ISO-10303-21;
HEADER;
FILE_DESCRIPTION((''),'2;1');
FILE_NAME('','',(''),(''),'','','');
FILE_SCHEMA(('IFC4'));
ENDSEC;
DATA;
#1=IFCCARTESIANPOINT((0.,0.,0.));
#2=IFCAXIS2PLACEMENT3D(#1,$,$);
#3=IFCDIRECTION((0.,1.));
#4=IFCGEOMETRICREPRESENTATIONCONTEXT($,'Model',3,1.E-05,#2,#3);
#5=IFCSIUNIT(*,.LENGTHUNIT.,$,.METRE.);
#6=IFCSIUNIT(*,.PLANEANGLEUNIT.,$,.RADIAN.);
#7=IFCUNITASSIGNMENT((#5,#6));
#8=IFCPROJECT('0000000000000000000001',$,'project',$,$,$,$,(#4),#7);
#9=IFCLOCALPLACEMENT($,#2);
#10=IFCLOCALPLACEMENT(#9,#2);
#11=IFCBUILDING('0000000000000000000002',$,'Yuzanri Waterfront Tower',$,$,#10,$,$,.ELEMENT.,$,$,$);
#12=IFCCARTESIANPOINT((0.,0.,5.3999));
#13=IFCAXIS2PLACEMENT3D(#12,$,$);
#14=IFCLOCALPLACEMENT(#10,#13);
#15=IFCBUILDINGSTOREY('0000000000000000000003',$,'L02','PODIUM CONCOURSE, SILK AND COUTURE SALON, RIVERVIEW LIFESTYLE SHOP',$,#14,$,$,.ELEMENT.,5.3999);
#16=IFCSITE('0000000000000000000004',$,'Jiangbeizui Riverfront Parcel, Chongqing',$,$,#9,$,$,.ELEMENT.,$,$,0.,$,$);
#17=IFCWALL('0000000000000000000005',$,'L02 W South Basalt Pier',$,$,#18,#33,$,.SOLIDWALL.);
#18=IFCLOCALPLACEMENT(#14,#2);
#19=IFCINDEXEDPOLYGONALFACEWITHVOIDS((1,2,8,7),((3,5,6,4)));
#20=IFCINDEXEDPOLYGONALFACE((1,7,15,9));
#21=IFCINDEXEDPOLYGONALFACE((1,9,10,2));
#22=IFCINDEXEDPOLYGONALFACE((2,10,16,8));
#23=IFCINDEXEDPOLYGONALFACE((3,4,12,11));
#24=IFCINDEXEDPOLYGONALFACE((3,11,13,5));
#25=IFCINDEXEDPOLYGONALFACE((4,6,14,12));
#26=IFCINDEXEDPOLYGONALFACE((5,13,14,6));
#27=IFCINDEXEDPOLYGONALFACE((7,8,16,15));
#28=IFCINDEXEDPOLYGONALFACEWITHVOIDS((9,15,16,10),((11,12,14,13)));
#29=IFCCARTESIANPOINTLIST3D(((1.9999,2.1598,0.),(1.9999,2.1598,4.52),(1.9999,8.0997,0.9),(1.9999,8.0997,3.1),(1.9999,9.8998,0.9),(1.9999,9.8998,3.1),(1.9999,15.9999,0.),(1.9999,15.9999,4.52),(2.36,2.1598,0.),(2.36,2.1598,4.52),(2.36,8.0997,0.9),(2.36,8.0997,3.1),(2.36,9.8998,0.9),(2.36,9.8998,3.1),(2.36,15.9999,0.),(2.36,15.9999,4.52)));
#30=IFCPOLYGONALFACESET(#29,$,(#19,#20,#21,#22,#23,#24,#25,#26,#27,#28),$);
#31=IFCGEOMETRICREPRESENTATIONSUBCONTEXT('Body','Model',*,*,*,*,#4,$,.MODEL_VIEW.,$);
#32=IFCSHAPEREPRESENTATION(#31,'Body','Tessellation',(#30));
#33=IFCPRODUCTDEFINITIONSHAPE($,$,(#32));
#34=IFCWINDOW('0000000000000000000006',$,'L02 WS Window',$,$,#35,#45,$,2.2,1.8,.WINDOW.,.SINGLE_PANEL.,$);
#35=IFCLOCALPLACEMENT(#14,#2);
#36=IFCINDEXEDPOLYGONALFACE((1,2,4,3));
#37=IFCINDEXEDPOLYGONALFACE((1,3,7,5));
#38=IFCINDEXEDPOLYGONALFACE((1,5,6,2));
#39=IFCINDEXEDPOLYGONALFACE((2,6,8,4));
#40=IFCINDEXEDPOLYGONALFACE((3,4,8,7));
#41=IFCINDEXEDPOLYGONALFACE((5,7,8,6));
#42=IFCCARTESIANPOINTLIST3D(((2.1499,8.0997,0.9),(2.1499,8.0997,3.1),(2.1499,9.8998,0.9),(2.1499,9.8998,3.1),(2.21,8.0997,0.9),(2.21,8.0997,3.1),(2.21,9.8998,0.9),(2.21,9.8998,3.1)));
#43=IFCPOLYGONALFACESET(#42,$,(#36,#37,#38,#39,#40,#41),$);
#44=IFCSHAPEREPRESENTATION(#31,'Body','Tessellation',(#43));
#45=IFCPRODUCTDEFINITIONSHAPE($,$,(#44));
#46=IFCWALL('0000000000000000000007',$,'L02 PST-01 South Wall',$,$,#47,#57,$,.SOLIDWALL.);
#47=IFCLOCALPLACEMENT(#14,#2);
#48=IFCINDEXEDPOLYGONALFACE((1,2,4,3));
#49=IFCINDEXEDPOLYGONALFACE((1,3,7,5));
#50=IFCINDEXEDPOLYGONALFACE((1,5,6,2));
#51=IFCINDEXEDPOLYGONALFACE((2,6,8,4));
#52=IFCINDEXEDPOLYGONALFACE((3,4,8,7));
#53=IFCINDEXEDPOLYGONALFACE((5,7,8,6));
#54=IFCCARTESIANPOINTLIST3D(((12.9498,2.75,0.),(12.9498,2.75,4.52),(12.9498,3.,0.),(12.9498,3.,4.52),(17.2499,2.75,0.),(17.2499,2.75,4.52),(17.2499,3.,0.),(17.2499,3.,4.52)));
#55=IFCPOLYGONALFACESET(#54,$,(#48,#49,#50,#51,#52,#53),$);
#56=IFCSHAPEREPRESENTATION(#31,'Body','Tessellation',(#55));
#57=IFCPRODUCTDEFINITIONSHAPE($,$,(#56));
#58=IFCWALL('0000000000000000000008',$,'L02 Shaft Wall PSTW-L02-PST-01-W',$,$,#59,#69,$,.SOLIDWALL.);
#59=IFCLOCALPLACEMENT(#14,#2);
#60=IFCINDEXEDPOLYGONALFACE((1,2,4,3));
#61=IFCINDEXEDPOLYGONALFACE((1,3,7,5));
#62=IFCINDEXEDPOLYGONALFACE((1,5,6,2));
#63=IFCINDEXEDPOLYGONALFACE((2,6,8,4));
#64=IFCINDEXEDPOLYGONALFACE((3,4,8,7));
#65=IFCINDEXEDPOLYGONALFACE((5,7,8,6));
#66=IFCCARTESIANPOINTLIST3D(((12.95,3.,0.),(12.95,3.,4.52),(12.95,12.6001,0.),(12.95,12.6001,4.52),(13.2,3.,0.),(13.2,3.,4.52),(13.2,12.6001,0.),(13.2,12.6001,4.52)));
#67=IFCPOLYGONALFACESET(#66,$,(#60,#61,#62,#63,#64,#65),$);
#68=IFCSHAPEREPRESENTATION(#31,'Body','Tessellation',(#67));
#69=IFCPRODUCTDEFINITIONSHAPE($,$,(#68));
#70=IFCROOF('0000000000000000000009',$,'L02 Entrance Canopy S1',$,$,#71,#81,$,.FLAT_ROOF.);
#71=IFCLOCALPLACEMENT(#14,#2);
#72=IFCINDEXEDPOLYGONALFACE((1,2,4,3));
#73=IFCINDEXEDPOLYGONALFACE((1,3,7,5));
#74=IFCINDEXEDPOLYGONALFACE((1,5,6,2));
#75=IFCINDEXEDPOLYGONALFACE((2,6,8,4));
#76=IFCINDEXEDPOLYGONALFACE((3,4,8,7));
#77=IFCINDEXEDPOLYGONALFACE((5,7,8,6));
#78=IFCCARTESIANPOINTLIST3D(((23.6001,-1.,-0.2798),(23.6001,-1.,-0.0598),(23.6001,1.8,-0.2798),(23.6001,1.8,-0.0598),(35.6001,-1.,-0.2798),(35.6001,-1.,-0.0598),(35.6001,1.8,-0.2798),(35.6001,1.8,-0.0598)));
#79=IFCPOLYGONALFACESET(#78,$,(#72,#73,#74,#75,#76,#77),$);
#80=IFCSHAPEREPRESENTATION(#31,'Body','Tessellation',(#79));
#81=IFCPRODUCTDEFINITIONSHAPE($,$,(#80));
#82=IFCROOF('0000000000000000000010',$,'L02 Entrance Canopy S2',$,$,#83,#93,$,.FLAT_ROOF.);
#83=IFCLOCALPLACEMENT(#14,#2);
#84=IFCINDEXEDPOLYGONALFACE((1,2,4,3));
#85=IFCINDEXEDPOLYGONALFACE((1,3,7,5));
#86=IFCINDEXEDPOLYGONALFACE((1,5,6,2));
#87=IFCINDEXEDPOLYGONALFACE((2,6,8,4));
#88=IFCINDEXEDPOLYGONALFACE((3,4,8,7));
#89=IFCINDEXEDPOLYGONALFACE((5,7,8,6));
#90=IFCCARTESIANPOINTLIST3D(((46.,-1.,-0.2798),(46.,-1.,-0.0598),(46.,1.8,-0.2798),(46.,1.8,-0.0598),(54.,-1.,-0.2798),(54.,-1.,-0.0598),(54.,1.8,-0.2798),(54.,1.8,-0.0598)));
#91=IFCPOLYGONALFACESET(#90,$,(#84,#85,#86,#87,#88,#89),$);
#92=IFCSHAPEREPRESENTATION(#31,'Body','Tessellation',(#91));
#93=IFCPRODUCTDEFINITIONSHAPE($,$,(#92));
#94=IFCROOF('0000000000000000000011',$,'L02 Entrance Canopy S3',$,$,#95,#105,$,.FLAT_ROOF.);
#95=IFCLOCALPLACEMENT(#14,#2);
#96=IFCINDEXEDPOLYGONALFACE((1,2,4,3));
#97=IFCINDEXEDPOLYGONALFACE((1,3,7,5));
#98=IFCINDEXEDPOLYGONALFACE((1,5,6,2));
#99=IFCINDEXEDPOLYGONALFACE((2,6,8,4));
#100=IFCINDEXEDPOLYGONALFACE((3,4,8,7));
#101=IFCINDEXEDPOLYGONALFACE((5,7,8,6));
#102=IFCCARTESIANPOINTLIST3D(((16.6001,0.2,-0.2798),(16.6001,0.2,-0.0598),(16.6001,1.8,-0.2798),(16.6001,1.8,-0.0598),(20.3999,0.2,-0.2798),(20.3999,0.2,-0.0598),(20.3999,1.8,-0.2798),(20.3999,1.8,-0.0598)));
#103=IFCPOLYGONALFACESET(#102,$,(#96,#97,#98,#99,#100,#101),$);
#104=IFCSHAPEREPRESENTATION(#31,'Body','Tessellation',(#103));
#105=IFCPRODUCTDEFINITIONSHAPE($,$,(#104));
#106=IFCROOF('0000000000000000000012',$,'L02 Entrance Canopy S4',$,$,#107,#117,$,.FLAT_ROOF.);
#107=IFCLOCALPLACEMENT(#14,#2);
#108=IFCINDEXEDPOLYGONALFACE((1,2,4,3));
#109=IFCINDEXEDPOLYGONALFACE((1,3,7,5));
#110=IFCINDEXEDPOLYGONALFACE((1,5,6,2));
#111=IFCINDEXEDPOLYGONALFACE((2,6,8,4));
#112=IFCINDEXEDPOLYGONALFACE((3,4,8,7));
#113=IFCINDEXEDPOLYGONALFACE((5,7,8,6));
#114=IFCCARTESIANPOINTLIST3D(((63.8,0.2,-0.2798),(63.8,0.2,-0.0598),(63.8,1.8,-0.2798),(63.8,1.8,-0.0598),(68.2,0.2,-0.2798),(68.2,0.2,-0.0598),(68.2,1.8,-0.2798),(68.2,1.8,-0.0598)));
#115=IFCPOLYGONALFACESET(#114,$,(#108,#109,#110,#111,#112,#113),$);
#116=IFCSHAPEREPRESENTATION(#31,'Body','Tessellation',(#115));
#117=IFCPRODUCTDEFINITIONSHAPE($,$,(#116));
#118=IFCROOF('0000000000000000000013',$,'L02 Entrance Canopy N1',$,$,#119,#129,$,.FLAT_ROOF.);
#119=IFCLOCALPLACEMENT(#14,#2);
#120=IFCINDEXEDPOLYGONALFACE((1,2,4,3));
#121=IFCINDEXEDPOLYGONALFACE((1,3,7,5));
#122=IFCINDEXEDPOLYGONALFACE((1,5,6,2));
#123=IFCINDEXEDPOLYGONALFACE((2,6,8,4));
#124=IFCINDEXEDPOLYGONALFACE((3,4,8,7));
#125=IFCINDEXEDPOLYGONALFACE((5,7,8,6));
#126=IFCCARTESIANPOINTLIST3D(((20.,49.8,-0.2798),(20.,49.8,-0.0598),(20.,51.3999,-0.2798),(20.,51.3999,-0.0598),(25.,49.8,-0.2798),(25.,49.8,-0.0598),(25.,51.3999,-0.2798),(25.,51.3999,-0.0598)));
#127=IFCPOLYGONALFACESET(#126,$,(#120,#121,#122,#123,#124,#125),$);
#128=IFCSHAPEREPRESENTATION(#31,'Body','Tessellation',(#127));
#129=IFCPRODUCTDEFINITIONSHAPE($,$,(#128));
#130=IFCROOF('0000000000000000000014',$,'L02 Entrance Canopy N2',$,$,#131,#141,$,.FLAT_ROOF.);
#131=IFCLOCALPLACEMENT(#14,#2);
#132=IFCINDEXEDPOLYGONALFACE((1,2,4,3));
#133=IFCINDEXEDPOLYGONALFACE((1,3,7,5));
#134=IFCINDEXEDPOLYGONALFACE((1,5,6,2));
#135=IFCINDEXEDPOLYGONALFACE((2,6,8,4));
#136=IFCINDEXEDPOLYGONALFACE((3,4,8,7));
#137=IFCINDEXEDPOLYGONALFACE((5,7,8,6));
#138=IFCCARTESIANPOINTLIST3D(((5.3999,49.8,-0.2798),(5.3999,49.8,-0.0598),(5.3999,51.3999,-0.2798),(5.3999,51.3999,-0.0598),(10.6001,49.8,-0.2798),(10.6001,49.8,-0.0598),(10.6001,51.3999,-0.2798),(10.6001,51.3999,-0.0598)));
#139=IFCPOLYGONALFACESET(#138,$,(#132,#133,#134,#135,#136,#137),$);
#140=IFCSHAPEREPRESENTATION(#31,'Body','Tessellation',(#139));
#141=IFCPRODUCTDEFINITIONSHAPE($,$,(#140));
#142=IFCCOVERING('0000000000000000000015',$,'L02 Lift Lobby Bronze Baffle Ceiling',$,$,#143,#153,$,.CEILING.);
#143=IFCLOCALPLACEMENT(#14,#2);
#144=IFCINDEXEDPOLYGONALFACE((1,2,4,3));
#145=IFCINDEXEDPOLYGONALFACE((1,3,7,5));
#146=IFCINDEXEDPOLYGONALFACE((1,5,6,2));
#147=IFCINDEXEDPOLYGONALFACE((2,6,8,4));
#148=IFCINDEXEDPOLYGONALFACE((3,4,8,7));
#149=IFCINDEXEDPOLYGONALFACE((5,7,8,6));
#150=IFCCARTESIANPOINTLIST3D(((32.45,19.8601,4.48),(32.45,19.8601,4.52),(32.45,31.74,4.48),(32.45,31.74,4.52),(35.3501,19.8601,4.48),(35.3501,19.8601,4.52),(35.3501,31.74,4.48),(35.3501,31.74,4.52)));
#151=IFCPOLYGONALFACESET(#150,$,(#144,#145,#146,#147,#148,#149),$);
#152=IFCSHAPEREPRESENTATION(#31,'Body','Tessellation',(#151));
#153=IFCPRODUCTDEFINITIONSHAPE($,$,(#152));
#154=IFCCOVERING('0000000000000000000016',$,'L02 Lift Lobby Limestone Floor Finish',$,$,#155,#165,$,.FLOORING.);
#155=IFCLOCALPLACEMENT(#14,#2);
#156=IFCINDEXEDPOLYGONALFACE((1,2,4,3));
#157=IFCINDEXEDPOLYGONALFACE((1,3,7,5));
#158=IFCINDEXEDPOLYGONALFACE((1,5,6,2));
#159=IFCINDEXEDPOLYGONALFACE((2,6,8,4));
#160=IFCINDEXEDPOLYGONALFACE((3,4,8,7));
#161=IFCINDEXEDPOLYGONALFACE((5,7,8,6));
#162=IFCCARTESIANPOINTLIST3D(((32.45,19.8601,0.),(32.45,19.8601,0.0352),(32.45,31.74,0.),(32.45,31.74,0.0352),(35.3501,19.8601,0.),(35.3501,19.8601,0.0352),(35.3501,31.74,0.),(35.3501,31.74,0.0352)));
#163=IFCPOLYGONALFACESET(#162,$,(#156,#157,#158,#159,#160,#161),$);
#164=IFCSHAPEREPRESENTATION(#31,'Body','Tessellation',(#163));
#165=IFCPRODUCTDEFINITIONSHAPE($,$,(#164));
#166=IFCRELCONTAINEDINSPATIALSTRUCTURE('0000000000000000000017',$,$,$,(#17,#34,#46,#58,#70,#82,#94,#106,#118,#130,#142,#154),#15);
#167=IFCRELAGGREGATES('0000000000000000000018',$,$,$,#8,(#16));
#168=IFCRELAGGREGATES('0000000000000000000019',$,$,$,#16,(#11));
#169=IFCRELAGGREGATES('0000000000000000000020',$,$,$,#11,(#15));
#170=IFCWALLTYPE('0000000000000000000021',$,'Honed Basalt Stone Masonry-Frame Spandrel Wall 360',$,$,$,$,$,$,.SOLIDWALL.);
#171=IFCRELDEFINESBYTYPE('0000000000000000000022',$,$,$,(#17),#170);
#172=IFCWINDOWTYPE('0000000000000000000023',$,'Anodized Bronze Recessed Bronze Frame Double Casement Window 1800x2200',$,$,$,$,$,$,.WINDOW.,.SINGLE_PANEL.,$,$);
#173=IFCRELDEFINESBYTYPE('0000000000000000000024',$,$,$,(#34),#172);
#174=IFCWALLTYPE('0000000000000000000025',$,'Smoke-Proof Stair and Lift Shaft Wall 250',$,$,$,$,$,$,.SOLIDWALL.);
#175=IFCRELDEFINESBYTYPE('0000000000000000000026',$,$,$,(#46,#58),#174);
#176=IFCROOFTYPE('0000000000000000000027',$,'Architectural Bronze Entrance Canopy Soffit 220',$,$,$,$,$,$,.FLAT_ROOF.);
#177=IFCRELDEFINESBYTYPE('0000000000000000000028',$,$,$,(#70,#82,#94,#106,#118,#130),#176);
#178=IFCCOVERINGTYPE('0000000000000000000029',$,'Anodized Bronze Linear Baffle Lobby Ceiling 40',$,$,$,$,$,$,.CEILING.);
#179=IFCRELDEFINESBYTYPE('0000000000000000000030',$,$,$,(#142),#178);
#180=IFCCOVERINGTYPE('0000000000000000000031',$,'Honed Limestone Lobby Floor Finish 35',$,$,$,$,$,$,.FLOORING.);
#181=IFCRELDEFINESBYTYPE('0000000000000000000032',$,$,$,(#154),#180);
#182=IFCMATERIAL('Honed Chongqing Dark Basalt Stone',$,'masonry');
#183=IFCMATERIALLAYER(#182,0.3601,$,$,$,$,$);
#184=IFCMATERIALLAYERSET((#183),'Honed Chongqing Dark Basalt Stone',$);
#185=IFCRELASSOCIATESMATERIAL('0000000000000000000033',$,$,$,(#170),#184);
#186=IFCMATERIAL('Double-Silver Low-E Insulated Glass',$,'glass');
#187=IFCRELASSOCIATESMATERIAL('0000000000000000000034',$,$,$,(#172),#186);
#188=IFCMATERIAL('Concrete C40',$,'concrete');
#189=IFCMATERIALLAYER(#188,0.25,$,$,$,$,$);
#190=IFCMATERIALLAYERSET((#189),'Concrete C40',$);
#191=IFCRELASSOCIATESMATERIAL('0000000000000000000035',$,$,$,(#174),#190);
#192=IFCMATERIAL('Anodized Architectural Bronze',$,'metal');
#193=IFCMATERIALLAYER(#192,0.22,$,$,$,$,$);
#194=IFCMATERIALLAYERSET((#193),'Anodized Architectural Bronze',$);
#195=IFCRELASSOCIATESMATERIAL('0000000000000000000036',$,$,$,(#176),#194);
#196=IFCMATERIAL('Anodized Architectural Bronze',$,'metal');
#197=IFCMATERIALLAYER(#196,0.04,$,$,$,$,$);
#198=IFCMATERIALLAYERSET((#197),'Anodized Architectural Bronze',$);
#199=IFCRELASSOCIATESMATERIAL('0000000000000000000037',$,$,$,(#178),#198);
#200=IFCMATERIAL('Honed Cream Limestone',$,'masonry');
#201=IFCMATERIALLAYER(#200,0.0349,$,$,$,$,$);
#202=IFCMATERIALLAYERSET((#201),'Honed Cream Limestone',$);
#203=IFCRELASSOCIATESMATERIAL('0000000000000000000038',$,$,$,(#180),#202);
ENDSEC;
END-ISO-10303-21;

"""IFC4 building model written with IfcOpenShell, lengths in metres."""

from ifc_helpers import new_model, si_unit, direction, frame, frame_2d, origin, place, context, subcontext, project, spatial, polyline, rectangle, outline, extrude, source, transform, mapped, material, layer, layer_set, type_object, element, fill, save


model = new_model("IFC4")

# Units and contexts
model_context = context("Model", 3, precision=1e-05, world=origin(), true_north=direction((0.0, 1.0)))
body_context = subcontext(model_context, "Body", "Model", "MODEL_VIEW")
ifc_project = project(units=[si_unit("LENGTHUNIT", "METRE"), si_unit("PLANEANGLEUNIT", "RADIAN")], contexts=[model_context])

# Site, building, storey
site_placement = place(None, origin())
site = spatial("IfcSite", under=ifc_project, at=site_placement, Name="Jiangbeizui Riverfront Parcel, Chongqing", CompositionType="ELEMENT", RefElevation=0.0)
building_placement = place(site_placement, origin())
building = spatial("IfcBuilding", under=site, at=building_placement, Name="Yuzanri Waterfront Tower", CompositionType="ELEMENT")
storey_placement = place(building_placement, frame((0.0, 0.0, 5.3999)))
storey = spatial("IfcBuildingStorey", under=building, at=storey_placement, Name="L02", Description="PODIUM CONCOURSE, SILK AND COUTURE SALON, RIVERVIEW LIFESTYLE SHOP", CompositionType="ELEMENT", Elevation=5.3999)

# Wall, opening, window
ifc_material_1 = material(Name="Honed Chongqing Dark Basalt Stone", Category="masonry")
ifc_layer_1 = layer(ifc_material_1, 0.3601)
ifc_layer_set_1 = layer_set([ifc_layer_1], Name="Honed Chongqing Dark Basalt Stone")
wall_type_1 = type_object("IfcWallType", Name="Honed Basalt Stone Masonry-Frame Spandrel Wall 360", PredefinedType="SOLIDWALL", material=ifc_layer_set_1)
wall_1_placement = place(storey_placement, frame((2.1799, 2.1599, 0.0), z_axis=(0.0, 0.0, 1.0), x_axis=(0.0, 1.0, 0.0)))
wall_1 = element("IfcWall", 1, at=wall_1_placement, inside=storey, type_object=wall_type_1, Name="L02 W South Basalt Pier", PredefinedType="SOLIDWALL", context=body_context, shape_type="SweptSolid", body=[
    extrude(rectangle(XDim=13.8401, YDim=0.3601, at=frame_2d((6.9199, 0.0))), origin(), (0.0, 0.0, 1.0), 4.52),
])
opening_1_placement = place(wall_1_placement, frame((5.9399, 0.0, 0.8999)))
opening_1 = element("IfcOpeningElement", 2, at=opening_1_placement, cuts=wall_1, PredefinedType="OPENING", context=body_context, shape_type="SweptSolid", body=[
    extrude(rectangle(XDim=1.8, YDim=2.2, at=frame_2d((0.8999, 1.1001))), frame((0.0, 0.1948, 0.0), z_axis=(0.0, -1.0, 0.0), x_axis=(1.0, 0.0, 0.0)), (0.0, 0.0, 1.0), 0.3899),
])
ifc_material_2 = material(Name="Double-Silver Low-E Insulated Glass", Category="glass")
window_type_1 = type_object("IfcWindowType", Name="Anodized Bronze Recessed Bronze Frame Double Casement Window 1800x2200", PartitioningType="SINGLE_PANEL", PredefinedType="WINDOW", material=ifc_material_2)
shared_shape_1 = source(origin(), body_context, "Body", "SweptSolid", [
    extrude(rectangle(XDim=1.8, YDim=2.2, at=frame_2d((0.8999, 1.1001))), frame((0.0, 0.03, 0.0), z_axis=(0.0, -1.0, 0.0), x_axis=(1.0, 0.0, 0.0)), (0.0, 0.0, 1.0), 0.0601),
])
window_1_placement = place(opening_1_placement, origin())
window_1 = element("IfcWindow", 3, at=window_1_placement, inside=storey, type_object=window_type_1, Name="L02 WS Window", OverallHeight=2.2, OverallWidth=1.8, PartitioningType="SINGLE_PANEL", PredefinedType="WINDOW", context=body_context, shape_type="MappedRepresentation", body=[
    mapped(shared_shape_1, transform((0.0, 0.0, 0.0), scale=1.0)),
])
fill(opening_1, window_1)

# Walls
ifc_material_3 = material(Name="Concrete C40", Category="concrete")
ifc_layer_2 = layer(ifc_material_3, 0.25)
ifc_layer_set_2 = layer_set([ifc_layer_2], Name="Concrete C40")
wall_type_2 = type_object("IfcWallType", Name="Smoke-Proof Stair and Lift Shaft Wall 250", PredefinedType="SOLIDWALL", material=ifc_layer_set_2)
shared_shape_2 = source(origin(), body_context, "Body", "SweptSolid", [
    extrude(rectangle(XDim=4.3, YDim=0.25, at=frame_2d((2.1499, 0.0))), origin(), (0.0, 0.0, 1.0), 4.52),
])
wall_2_placement = place(storey_placement, frame((12.95, 2.875, 0.0), z_axis=(0.0, 0.0, 1.0), x_axis=(1.0, 0.0, 0.0)))
element("IfcWall", 4, at=wall_2_placement, inside=storey, type_object=wall_type_2, Name="L02 PST-01 South Wall", PredefinedType="SOLIDWALL", context=body_context, shape_type="MappedRepresentation", body=[
    mapped(shared_shape_2, transform((0.0, 0.0, 0.0), scale=1.0)),
])
shared_shape_3 = source(origin(), body_context, "Body", "SweptSolid", [
    extrude(rectangle(XDim=9.6001, YDim=0.25, at=frame_2d((4.8, 0.0))), origin(), (0.0, 0.0, 1.0), 4.52),
])
wall_3_placement = place(storey_placement, frame((13.075, 3.0, 0.0), z_axis=(0.0, 0.0, 1.0), x_axis=(0.0, 1.0, 0.0)))
element("IfcWall", 5, at=wall_3_placement, inside=storey, type_object=wall_type_2, Name="L02 Shaft Wall PSTW-L02-PST-01-W", PredefinedType="SOLIDWALL", context=body_context, shape_type="MappedRepresentation", body=[
    mapped(shared_shape_3, transform((0.0, 0.0, 0.0), scale=1.0)),
])

# Roofs
ifc_material_4 = material(Name="Anodized Architectural Bronze", Category="metal")
ifc_layer_3 = layer(ifc_material_4, 0.22)
ifc_layer_set_3 = layer_set([ifc_layer_3], Name="Anodized Architectural Bronze")
roof_type = type_object("IfcRoofType", Name="Architectural Bronze Entrance Canopy Soffit 220", PredefinedType="FLAT_ROOF", material=ifc_layer_set_3)
roof_1_placement = place(storey_placement, frame((0.0, 0.0, -0.2798)))
element("IfcRoof", 6, at=roof_1_placement, inside=storey, type_object=roof_type, Name="L02 Entrance Canopy S1", PredefinedType="FLAT_ROOF", context=body_context, shape_type="SweptSolid", body=[
    extrude(outline(polyline([(23.6001, -1.0), (35.6001, -1.0), (35.6001, 1.8), (23.6001, 1.8), (23.6001, -1.0)])), origin(), (0.0, 0.0, 1.0), 0.22),
])
roof_2_placement = place(storey_placement, frame((0.0, 0.0, -0.2798)))
element("IfcRoof", 7, at=roof_2_placement, inside=storey, type_object=roof_type, Name="L02 Entrance Canopy S2", PredefinedType="FLAT_ROOF", context=body_context, shape_type="SweptSolid", body=[
    extrude(outline(polyline([(46.0, -1.0), (54.0, -1.0), (54.0, 1.8), (46.0, 1.8), (46.0, -1.0)])), origin(), (0.0, 0.0, 1.0), 0.22),
])
roof_3_placement = place(storey_placement, frame((0.0, 0.0, -0.2798)))
element("IfcRoof", 8, at=roof_3_placement, inside=storey, type_object=roof_type, Name="L02 Entrance Canopy S3", PredefinedType="FLAT_ROOF", context=body_context, shape_type="SweptSolid", body=[
    extrude(outline(polyline([(16.6001, 0.2), (20.3999, 0.2), (20.3999, 1.8), (16.6001, 1.8), (16.6001, 0.2)])), origin(), (0.0, 0.0, 1.0), 0.22),
])
roof_4_placement = place(storey_placement, frame((0.0, 0.0, -0.2798)))
element("IfcRoof", 9, at=roof_4_placement, inside=storey, type_object=roof_type, Name="L02 Entrance Canopy S4", PredefinedType="FLAT_ROOF", context=body_context, shape_type="SweptSolid", body=[
    extrude(outline(polyline([(63.8, 0.2), (68.2, 0.2), (68.2, 1.8), (63.8, 1.8), (63.8, 0.2)])), origin(), (0.0, 0.0, 1.0), 0.22),
])
roof_5_placement = place(storey_placement, frame((0.0, 0.0, -0.2798)))
element("IfcRoof", 10, at=roof_5_placement, inside=storey, type_object=roof_type, Name="L02 Entrance Canopy N1", PredefinedType="FLAT_ROOF", context=body_context, shape_type="SweptSolid", body=[
    extrude(outline(polyline([(20.0, 49.8), (25.0, 49.8), (25.0, 51.3999), (20.0, 51.3999), (20.0, 49.8)])), origin(), (0.0, 0.0, 1.0), 0.22),
])
roof_6_placement = place(storey_placement, frame((0.0, 0.0, -0.2798)))
element("IfcRoof", 11, at=roof_6_placement, inside=storey, type_object=roof_type, Name="L02 Entrance Canopy N2", PredefinedType="FLAT_ROOF", context=body_context, shape_type="SweptSolid", body=[
    extrude(outline(polyline([(5.3999, 49.8), (10.6001, 49.8), (10.6001, 51.3999), (5.3999, 51.3999), (5.3999, 49.8)])), origin(), (0.0, 0.0, 1.0), 0.22),
])

# Coverings
ifc_material_5 = material(Name="Anodized Architectural Bronze", Category="metal")
ifc_layer_4 = layer(ifc_material_5, 0.04)
ifc_layer_set_4 = layer_set([ifc_layer_4], Name="Anodized Architectural Bronze")
covering_type_1 = type_object("IfcCoveringType", Name="Anodized Bronze Linear Baffle Lobby Ceiling 40", PredefinedType="CEILING", material=ifc_layer_set_4)
covering_1_placement = place(storey_placement, frame((0.0, 0.0, 4.48)))
element("IfcCovering", 12, at=covering_1_placement, inside=storey, type_object=covering_type_1, Name="L02 Lift Lobby Bronze Baffle Ceiling", PredefinedType="CEILING", context=body_context, shape_type="SweptSolid", body=[
    extrude(outline(polyline([(32.45, 19.8601), (35.3501, 19.8601), (35.3501, 31.74), (32.45, 31.74), (32.45, 19.8601)])), origin(), (0.0, 0.0, 1.0), 0.04),
])
ifc_material_6 = material(Name="Honed Cream Limestone", Category="masonry")
ifc_layer_5 = layer(ifc_material_6, 0.0349)
ifc_layer_set_5 = layer_set([ifc_layer_5], Name="Honed Cream Limestone")
covering_type_2 = type_object("IfcCoveringType", Name="Honed Limestone Lobby Floor Finish 35", PredefinedType="FLOORING", material=ifc_layer_set_5)
covering_2_placement = place(storey_placement, origin())
element("IfcCovering", 13, at=covering_2_placement, inside=storey, type_object=covering_type_2, Name="L02 Lift Lobby Limestone Floor Finish", PredefinedType="FLOORING", context=body_context, shape_type="SweptSolid", body=[
    extrude(outline(polyline([(32.45, 19.8601), (35.3501, 19.8601), (35.3501, 31.74), (32.45, 31.74), (32.45, 19.8601)])), origin(), (0.0, 0.0, 1.0), 0.0352),
])

save(model, "model.ifc")
